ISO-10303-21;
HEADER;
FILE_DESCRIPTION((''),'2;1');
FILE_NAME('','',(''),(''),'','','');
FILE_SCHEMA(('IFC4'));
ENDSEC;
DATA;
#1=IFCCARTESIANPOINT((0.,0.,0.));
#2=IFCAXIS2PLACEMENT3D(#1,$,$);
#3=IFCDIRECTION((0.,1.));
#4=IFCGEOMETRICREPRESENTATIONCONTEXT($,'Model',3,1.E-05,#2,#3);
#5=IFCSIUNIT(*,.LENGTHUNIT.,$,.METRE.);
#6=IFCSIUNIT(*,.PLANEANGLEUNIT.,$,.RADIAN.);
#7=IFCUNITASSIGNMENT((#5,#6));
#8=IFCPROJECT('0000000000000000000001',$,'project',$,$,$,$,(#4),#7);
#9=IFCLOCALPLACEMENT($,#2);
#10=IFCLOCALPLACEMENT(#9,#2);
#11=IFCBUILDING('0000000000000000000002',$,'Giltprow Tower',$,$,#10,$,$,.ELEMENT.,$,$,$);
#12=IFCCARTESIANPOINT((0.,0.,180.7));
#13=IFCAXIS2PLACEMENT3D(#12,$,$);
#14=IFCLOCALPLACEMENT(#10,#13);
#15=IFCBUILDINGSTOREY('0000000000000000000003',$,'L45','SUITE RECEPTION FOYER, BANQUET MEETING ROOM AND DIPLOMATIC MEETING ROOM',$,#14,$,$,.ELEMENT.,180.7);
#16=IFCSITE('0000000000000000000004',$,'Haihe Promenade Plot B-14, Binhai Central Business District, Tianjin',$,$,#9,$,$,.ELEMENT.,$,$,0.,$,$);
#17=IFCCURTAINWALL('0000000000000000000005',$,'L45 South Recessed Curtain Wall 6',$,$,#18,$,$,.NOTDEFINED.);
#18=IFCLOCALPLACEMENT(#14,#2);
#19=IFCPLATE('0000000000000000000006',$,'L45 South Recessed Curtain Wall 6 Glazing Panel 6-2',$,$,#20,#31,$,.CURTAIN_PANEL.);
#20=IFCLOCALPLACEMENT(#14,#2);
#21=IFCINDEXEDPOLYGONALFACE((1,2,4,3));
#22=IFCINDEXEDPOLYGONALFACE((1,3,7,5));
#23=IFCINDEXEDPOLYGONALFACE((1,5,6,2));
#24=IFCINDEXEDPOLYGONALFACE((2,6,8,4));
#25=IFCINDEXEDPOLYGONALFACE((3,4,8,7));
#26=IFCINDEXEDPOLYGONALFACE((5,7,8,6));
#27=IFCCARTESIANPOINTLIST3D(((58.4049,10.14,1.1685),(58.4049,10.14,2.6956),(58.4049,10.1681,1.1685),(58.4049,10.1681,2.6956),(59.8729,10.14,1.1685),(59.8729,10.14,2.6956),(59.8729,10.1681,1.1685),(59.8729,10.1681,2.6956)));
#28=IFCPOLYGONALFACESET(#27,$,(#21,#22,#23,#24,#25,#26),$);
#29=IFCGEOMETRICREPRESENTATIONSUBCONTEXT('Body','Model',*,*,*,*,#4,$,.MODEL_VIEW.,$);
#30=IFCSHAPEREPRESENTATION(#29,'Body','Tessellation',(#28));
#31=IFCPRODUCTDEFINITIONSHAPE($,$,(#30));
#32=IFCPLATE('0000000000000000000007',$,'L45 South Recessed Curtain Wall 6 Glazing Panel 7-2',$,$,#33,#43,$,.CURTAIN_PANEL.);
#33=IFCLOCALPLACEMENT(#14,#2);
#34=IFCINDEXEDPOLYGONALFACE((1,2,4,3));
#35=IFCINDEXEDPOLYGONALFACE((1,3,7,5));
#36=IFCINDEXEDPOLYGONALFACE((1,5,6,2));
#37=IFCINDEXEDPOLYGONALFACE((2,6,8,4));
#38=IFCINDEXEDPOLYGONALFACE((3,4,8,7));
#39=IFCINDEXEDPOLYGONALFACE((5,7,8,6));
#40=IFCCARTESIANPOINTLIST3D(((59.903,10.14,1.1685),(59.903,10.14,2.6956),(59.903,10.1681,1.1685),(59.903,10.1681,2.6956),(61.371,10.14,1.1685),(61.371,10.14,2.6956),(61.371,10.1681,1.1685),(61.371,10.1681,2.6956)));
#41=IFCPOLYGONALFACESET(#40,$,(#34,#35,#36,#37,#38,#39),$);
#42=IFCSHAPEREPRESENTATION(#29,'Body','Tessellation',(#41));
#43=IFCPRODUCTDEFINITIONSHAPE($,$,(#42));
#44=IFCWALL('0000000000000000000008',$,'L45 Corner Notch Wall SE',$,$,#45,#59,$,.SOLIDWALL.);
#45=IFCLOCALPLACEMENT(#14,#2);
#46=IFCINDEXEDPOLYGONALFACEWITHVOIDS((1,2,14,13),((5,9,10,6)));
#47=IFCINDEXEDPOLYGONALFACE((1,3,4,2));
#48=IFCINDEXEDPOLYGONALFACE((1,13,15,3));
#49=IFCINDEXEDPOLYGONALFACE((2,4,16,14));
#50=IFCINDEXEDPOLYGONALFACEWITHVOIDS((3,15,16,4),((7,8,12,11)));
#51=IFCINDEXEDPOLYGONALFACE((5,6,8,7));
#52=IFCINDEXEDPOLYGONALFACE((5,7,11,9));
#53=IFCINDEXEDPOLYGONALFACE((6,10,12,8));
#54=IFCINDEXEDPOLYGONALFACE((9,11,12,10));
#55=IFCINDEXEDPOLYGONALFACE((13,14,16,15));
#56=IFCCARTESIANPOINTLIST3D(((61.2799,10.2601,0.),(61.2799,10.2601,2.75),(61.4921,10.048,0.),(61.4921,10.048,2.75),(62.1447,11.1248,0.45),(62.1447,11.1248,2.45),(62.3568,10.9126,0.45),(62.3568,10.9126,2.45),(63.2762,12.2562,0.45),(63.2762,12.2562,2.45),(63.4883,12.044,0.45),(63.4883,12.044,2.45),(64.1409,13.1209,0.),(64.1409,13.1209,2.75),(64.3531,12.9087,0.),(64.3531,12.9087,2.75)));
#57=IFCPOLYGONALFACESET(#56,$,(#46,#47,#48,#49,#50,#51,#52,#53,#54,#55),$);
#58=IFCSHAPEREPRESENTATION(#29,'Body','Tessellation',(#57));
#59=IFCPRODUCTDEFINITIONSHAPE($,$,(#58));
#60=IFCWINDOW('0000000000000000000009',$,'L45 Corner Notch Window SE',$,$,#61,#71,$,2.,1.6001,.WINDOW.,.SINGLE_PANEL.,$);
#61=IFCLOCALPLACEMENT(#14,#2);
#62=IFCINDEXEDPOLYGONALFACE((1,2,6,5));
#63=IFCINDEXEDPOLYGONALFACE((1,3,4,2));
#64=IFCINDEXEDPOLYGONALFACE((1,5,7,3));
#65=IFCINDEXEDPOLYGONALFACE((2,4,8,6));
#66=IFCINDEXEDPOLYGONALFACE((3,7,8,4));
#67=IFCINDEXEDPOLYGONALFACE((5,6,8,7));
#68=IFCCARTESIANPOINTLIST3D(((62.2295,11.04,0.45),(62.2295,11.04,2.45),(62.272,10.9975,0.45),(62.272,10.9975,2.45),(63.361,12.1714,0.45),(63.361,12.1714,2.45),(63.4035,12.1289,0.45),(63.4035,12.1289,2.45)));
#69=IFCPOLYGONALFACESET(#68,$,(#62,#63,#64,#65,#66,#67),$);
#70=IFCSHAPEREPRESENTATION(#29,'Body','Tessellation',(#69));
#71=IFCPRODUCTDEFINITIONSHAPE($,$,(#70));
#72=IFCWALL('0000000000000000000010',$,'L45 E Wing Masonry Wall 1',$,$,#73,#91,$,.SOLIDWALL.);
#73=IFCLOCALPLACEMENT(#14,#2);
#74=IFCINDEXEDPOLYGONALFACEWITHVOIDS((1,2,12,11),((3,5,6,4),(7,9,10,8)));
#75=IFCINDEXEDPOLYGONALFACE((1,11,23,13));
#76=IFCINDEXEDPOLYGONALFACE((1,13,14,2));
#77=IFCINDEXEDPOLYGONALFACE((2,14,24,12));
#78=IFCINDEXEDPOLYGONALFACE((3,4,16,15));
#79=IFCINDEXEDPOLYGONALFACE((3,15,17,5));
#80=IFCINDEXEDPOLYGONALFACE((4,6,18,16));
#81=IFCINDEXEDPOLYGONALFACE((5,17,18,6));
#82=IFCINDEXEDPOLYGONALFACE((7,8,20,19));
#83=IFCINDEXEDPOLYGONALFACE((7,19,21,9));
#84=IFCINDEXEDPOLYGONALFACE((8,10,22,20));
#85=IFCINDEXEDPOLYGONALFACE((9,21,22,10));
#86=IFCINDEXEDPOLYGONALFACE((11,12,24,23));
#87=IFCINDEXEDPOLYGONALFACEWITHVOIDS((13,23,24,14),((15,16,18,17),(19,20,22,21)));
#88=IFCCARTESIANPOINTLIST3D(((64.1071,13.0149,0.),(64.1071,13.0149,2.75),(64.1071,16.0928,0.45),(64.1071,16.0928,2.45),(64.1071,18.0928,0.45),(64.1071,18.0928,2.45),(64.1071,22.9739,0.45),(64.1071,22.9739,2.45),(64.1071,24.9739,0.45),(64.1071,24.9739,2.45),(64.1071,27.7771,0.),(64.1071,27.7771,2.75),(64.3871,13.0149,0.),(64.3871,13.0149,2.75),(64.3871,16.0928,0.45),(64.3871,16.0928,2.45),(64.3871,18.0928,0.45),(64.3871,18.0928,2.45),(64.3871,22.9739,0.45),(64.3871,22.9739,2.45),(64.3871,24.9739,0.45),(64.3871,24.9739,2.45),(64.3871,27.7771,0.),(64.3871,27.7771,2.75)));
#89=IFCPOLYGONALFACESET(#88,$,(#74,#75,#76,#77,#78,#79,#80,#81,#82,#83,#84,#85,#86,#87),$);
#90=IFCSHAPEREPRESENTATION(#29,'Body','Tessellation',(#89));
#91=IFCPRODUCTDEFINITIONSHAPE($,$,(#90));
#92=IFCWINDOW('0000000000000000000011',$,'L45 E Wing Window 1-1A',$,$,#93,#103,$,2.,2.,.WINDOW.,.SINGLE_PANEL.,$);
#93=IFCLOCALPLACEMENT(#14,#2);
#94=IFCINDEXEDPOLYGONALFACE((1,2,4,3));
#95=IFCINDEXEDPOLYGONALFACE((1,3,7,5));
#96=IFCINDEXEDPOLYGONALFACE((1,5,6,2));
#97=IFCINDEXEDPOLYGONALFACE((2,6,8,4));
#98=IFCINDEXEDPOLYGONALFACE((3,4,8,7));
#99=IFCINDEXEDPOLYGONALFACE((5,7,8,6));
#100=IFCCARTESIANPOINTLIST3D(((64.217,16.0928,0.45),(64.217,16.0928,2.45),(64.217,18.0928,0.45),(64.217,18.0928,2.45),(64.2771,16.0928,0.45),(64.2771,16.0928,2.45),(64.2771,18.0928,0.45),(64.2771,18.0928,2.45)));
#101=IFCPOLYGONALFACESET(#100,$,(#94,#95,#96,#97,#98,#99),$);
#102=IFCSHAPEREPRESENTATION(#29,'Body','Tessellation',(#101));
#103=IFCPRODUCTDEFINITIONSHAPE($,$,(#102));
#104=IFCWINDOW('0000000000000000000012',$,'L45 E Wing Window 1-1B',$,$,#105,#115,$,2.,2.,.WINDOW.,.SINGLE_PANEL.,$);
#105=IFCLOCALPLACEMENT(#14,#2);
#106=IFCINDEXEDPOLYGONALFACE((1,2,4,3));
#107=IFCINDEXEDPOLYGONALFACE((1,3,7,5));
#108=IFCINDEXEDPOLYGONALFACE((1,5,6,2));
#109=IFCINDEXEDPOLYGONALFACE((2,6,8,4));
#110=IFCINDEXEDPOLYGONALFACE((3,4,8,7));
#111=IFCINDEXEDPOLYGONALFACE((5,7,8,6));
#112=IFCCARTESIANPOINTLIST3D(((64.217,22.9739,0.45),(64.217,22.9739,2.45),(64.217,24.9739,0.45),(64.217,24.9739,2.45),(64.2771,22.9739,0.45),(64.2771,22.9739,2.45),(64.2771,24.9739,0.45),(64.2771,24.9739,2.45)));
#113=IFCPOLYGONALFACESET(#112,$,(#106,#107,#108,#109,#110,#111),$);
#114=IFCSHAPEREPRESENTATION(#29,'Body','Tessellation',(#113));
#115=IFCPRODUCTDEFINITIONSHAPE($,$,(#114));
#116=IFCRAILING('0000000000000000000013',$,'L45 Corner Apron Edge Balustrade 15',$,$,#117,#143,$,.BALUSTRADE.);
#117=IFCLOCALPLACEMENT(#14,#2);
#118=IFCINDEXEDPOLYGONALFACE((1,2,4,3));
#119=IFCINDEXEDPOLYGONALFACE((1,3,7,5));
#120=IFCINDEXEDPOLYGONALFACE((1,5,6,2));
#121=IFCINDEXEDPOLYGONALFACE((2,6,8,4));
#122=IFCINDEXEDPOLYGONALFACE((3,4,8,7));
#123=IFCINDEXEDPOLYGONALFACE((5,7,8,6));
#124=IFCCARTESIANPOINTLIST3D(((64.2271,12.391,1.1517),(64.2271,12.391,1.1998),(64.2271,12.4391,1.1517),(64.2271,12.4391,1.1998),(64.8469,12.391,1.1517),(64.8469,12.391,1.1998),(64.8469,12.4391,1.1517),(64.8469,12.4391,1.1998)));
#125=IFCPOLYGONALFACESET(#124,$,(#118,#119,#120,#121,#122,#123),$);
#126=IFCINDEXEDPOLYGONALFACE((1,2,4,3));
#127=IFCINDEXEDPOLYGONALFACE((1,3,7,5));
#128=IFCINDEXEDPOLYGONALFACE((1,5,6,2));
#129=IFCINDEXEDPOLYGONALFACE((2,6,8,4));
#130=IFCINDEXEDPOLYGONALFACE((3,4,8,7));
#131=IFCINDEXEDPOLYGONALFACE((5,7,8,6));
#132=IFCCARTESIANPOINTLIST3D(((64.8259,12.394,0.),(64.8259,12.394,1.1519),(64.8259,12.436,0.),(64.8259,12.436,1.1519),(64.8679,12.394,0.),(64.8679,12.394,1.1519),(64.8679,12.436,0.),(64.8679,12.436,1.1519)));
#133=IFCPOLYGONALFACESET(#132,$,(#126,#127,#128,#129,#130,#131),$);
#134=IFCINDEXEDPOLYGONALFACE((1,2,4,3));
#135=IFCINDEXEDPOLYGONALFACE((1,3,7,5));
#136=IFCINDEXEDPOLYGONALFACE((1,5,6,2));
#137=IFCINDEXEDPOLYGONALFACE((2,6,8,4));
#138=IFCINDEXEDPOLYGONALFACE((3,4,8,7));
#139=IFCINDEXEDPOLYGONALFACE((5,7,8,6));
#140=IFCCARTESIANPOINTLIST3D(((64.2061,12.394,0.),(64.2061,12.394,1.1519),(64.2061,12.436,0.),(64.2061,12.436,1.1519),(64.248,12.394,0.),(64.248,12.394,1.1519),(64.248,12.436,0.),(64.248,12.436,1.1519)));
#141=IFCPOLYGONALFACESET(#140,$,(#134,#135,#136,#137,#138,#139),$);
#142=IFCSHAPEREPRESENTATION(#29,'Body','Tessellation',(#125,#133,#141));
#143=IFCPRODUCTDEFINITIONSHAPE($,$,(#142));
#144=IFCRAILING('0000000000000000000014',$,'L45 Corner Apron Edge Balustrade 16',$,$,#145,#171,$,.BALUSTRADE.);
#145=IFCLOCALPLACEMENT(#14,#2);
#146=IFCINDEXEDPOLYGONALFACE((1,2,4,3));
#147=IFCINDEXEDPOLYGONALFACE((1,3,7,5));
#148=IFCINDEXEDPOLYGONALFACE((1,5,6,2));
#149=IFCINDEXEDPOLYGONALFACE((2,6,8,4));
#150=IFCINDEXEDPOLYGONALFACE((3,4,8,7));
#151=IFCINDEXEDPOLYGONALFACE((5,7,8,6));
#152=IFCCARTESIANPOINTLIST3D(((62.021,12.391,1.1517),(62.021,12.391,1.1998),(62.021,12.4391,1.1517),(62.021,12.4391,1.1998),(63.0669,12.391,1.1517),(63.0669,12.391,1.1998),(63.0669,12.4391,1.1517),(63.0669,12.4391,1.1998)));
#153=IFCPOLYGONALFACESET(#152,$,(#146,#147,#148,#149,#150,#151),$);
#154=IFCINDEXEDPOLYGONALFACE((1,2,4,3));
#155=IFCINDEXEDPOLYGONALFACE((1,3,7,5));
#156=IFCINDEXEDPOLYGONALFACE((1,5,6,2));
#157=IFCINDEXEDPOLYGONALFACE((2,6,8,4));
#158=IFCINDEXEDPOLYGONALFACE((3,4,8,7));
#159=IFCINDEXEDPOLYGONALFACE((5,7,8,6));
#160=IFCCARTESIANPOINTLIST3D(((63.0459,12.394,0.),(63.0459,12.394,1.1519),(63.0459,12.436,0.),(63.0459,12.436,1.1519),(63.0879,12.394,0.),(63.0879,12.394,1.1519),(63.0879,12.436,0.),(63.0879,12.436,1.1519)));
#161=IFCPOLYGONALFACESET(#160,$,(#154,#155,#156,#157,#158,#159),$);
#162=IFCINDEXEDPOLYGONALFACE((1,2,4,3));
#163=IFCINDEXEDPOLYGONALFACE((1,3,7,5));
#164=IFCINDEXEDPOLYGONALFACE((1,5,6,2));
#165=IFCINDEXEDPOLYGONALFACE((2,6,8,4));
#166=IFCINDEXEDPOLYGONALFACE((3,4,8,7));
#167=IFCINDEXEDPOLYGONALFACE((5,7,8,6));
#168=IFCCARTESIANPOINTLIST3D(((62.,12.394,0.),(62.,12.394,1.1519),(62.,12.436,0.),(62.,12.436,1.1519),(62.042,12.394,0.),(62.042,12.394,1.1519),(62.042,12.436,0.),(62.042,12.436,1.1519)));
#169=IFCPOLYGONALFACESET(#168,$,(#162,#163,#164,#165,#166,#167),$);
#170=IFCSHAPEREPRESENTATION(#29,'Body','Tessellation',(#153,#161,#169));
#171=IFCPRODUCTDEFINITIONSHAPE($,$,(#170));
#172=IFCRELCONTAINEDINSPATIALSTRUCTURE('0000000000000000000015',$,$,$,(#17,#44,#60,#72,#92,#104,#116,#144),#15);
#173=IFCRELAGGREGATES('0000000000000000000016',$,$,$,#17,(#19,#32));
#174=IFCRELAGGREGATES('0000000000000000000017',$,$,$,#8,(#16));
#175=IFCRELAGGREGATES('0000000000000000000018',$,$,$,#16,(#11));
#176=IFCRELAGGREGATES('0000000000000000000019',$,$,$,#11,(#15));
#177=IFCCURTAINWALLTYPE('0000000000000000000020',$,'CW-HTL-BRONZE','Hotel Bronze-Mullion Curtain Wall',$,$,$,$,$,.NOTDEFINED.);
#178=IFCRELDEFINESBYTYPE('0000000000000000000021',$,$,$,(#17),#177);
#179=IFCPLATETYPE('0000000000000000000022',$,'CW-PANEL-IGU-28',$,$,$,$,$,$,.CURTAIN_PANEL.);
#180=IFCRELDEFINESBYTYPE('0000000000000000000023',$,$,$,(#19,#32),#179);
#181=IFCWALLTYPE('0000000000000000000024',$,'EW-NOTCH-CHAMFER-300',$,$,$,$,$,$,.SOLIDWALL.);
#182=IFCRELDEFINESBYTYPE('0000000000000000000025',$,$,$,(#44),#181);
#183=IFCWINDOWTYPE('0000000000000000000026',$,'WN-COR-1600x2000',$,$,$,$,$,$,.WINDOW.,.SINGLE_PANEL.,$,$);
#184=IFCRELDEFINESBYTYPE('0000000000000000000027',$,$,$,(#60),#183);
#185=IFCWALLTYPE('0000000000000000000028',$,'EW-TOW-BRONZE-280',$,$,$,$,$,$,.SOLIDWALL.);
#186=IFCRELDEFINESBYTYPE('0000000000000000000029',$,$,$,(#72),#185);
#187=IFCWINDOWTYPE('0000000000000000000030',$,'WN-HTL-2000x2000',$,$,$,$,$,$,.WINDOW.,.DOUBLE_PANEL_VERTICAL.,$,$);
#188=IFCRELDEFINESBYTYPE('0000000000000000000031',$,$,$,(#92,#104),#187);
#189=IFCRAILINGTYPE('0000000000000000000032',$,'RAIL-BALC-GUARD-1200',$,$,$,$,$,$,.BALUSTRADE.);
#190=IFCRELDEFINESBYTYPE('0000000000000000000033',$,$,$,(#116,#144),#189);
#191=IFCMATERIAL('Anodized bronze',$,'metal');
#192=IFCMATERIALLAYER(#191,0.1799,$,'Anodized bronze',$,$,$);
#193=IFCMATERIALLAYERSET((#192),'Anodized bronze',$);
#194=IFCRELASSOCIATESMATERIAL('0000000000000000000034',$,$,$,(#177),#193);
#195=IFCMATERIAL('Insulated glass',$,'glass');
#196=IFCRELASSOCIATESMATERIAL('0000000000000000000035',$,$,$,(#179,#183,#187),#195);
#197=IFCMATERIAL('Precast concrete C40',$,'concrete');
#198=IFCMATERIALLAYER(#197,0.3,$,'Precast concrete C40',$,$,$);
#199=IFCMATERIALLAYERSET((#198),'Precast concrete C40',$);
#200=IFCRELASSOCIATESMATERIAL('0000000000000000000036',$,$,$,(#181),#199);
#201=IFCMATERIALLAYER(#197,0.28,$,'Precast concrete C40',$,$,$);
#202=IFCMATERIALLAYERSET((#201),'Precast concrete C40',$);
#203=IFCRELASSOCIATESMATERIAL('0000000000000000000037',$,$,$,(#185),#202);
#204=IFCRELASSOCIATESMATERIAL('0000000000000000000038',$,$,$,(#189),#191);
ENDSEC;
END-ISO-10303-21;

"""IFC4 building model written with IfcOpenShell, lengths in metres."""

from ifc_helpers import new_model, si_unit, direction, frame, frame_2d, origin, origin_2d, place, context, subcontext, project, spatial, rectangle, extrude, source, transform, mapped, material, layer, layer_set, type_object, element, fill, aggregate, save


model = new_model("IFC4")

# Units and contexts
model_context = context("Model", 3, precision=1e-05, world=origin(), true_north=direction((0.0, 1.0)))
body_context = subcontext(model_context, "Body", "Model", "MODEL_VIEW")
ifc_project = project(units=[si_unit("LENGTHUNIT", "METRE"), si_unit("PLANEANGLEUNIT", "RADIAN")], contexts=[model_context])

# Site, building, storey
site_placement = place(None, origin())
site = spatial("IfcSite", under=ifc_project, at=site_placement, Name="Haihe Promenade Plot B-14, Binhai Central Business District, Tianjin", CompositionType="ELEMENT", RefElevation=0.0)
building_placement = place(site_placement, origin())
building = spatial("IfcBuilding", under=site, at=building_placement, Name="Giltprow Tower", CompositionType="ELEMENT")
storey_placement = place(building_placement, frame((0.0, 0.0, 180.7)))
storey = spatial("IfcBuildingStorey", under=building, at=storey_placement, Name="L45", Description="SUITE RECEPTION FOYER, BANQUET MEETING ROOM AND DIPLOMATIC MEETING ROOM", CompositionType="ELEMENT", Elevation=180.7)

# Curtain wall, plates
ifc_material_1 = material(Name="Anodized bronze", Category="metal")
ifc_layer_1 = layer(ifc_material_1, 0.1799, Name="Anodized bronze")
ifc_layer_set_1 = layer_set([ifc_layer_1], Name="Anodized bronze")
curtain_wall_type = type_object("IfcCurtainWallType", Name="CW-HTL-BRONZE", Description="Hotel Bronze-Mullion Curtain Wall", PredefinedType="NOTDEFINED", material=ifc_layer_set_1)
curtain_wall_placement = place(storey_placement, origin())
curtain_wall = element("IfcCurtainWall", 1, at=curtain_wall_placement, inside=storey, type_object=curtain_wall_type, Name="L45 South Recessed Curtain Wall 6", PredefinedType="NOTDEFINED")
ifc_material_2 = material(Name="Insulated glass", Category="glass")
plate_type = type_object("IfcPlateType", Name="CW-PANEL-IGU-28", PredefinedType="CURTAIN_PANEL", material=ifc_material_2)
shared_shape_1 = source(origin(), body_context, "Body", "SweptSolid", [
    extrude(rectangle(XDim=1.468, YDim=0.0281, at=origin_2d()), origin(), (0.0, 0.0, 1.0), 1.5271),
])
plate_1_placement = place(storey_placement, frame((59.1389, 10.1541, 1.1685), z_axis=(0.0, 0.0, 1.0), x_axis=(1.0, 0.0, 0.0)))
plate_1 = element("IfcPlate", 2, at=plate_1_placement, type_object=plate_type, Name="L45 South Recessed Curtain Wall 6 Glazing Panel 6-2", PredefinedType="CURTAIN_PANEL", context=body_context, shape_type="MappedRepresentation", body=[
    mapped(shared_shape_1, transform((0.0, 0.0, 0.0), x_axis=(1.0, 0.0, 0.0), y_axis=(0.0, 1.0, 0.0), z_axis=(0.0, 0.0, 1.0), scale=1.0)),
])
plate_2_placement = place(storey_placement, frame((60.637, 10.1541, 1.1685), z_axis=(0.0, 0.0, 1.0), x_axis=(1.0, 0.0, 0.0)))
plate_2 = element("IfcPlate", 3, at=plate_2_placement, type_object=plate_type, Name="L45 South Recessed Curtain Wall 6 Glazing Panel 7-2", PredefinedType="CURTAIN_PANEL", context=body_context, shape_type="MappedRepresentation", body=[
    mapped(shared_shape_1, transform((0.0, 0.0, 0.0), x_axis=(1.0, 0.0, 0.0), y_axis=(0.0, 1.0, 0.0), z_axis=(0.0, 0.0, 1.0), scale=1.0)),
])
aggregate(curtain_wall, [plate_1, plate_2])

# Wall, opening, window
ifc_material_3 = material(Name="Precast concrete C40", Category="concrete")
ifc_layer_2 = layer(ifc_material_3, 0.3, Name="Precast concrete C40")
ifc_layer_set_2 = layer_set([ifc_layer_2], Name="Precast concrete C40")
wall_type_1 = type_object("IfcWallType", Name="EW-NOTCH-CHAMFER-300", PredefinedType="SOLIDWALL", material=ifc_layer_set_2)
wall_1_placement = place(storey_placement, frame((61.386, 10.1541, 0.0), z_axis=(0.0, 0.0, 1.0), x_axis=(0.707137, 0.707077, 0.0)))
wall_1 = element("IfcWall", 4, at=wall_1_placement, inside=storey, type_object=wall_type_1, Name="L45 Corner Notch Wall SE", PredefinedType="SOLIDWALL", context=body_context, shape_type="SweptSolid", body=[
    extrude(rectangle(XDim=4.0459, YDim=0.3, at=frame_2d((2.0229, 0.0))), origin(), (0.0, 0.0, 1.0), 2.75),
])
opening_1_placement = place(wall_1_placement, frame((1.2229, 0.0, 0.45)))
opening_1 = element("IfcOpeningElement", 5, at=opening_1_placement, cuts=wall_1, PredefinedType="OPENING", context=body_context, shape_type="SweptSolid", body=[
    extrude(rectangle(XDim=1.6001, YDim=2.0, at=frame_2d((0.8, 1.0))), frame((0.0, 0.1599, 0.0), z_axis=(0.0, -1.0, 0.0), x_axis=(1.0, 0.0, 0.0)), (0.0, 0.0, 1.0), 0.3201),
])
window_type_1 = type_object("IfcWindowType", Name="WN-COR-1600x2000", PartitioningType="SINGLE_PANEL", PredefinedType="WINDOW", material=ifc_material_2)
shared_shape_2 = source(origin(), body_context, "Body", "SweptSolid", [
    extrude(rectangle(XDim=1.6001, YDim=2.0, at=frame_2d((0.8, 1.0))), frame((0.0, 0.03, 0.0), z_axis=(0.0, -1.0, 0.0), x_axis=(1.0, 0.0, 0.0)), (0.0, 0.0, 1.0), 0.0601),
])
window_1_placement = place(opening_1_placement, origin())
window_1 = element("IfcWindow", 6, at=window_1_placement, inside=storey, type_object=window_type_1, Name="L45 Corner Notch Window SE", OverallHeight=2.0, OverallWidth=1.6001, PartitioningType="SINGLE_PANEL", PredefinedType="WINDOW", context=body_context, shape_type="MappedRepresentation", body=[
    mapped(shared_shape_2, transform((0.0, 0.0, 0.0), x_axis=(1.0, 0.0, 0.0), y_axis=(0.0, 1.0, 0.0), z_axis=(0.0, 0.0, 1.0), scale=1.0)),
])
fill(opening_1, window_1)

# Wall, openings, windows
ifc_layer_3 = layer(ifc_material_3, 0.28, Name="Precast concrete C40")
ifc_layer_set_3 = layer_set([ifc_layer_3], Name="Precast concrete C40")
wall_type_2 = type_object("IfcWallType", Name="EW-TOW-BRONZE-280", PredefinedType="SOLIDWALL", material=ifc_layer_set_3)
wall_2_placement = place(storey_placement, frame((64.2471, 13.0149, 0.0), z_axis=(0.0, 0.0, 1.0), x_axis=(0.0, 1.0, 0.0)))
wall_2 = element("IfcWall", 7, at=wall_2_placement, inside=storey, type_object=wall_type_2, Name="L45 E Wing Masonry Wall 1", PredefinedType="SOLIDWALL", context=body_context, shape_type="SweptSolid", body=[
    extrude(rectangle(XDim=14.7622, YDim=0.28, at=frame_2d((7.3811, 0.0))), origin(), (0.0, 0.0, 1.0), 2.75),
])
opening_2_placement = place(wall_2_placement, frame((3.0779, 0.0, 0.45)))
opening_2 = element("IfcOpeningElement", 8, at=opening_2_placement, cuts=wall_2, PredefinedType="OPENING", context=body_context, shape_type="SweptSolid", body=[
    extrude(rectangle(XDim=2.0, YDim=2.0, at=frame_2d((1.0, 1.0))), frame((0.0, 0.1499, 0.0), z_axis=(0.0, -1.0, 0.0), x_axis=(1.0, 0.0, 0.0)), (0.0, 0.0, 1.0), 0.3),
])
opening_3_placement = place(wall_2_placement, frame((9.959, 0.0, 0.45)))
opening_3 = element("IfcOpeningElement", 9, at=opening_3_placement, cuts=wall_2, PredefinedType="OPENING", context=body_context, shape_type="SweptSolid", body=[
    extrude(rectangle(XDim=2.0, YDim=2.0, at=frame_2d((1.0, 1.0))), frame((0.0, 0.1499, 0.0), z_axis=(0.0, -1.0, 0.0), x_axis=(1.0, 0.0, 0.0)), (0.0, 0.0, 1.0), 0.3),
])
window_type_2 = type_object("IfcWindowType", Name="WN-HTL-2000x2000", PartitioningType="DOUBLE_PANEL_VERTICAL", PredefinedType="WINDOW", material=ifc_material_2)
shared_shape_3 = source(origin(), body_context, "Body", "SweptSolid", [
    extrude(rectangle(XDim=2.0, YDim=2.0, at=frame_2d((1.0, 1.0))), frame((0.0, 0.03, 0.0), z_axis=(0.0, -1.0, 0.0), x_axis=(1.0, 0.0, 0.0)), (0.0, 0.0, 1.0), 0.0601),
])
window_2_placement = place(opening_2_placement, origin())
window_2 = element("IfcWindow", 10, at=window_2_placement, inside=storey, type_object=window_type_2, Name="L45 E Wing Window 1-1A", OverallHeight=2.0, OverallWidth=2.0, PartitioningType="SINGLE_PANEL", PredefinedType="WINDOW", context=body_context, shape_type="MappedRepresentation", body=[
    mapped(shared_shape_3, transform((0.0, 0.0, 0.0), x_axis=(1.0, 0.0, 0.0), y_axis=(0.0, 1.0, 0.0), z_axis=(0.0, 0.0, 1.0), scale=1.0)),
])
fill(opening_2, window_2)
window_3_placement = place(opening_3_placement, origin())
window_3 = element("IfcWindow", 11, at=window_3_placement, inside=storey, type_object=window_type_2, Name="L45 E Wing Window 1-1B", OverallHeight=2.0, OverallWidth=2.0, PartitioningType="SINGLE_PANEL", PredefinedType="WINDOW", context=body_context, shape_type="MappedRepresentation", body=[
    mapped(shared_shape_3, transform((0.0, 0.0, 0.0), x_axis=(1.0, 0.0, 0.0), y_axis=(0.0, 1.0, 0.0), z_axis=(0.0, 0.0, 1.0), scale=1.0)),
])
fill(opening_3, window_3)

# Railings
railing_type = type_object("IfcRailingType", Name="RAIL-BALC-GUARD-1200", PredefinedType="BALUSTRADE", material=ifc_material_1)
railing_1_placement = place(storey_placement, frame((64.8469, 12.415, 0.0)))
element("IfcRailing", 12, at=railing_1_placement, inside=storey, type_object=railing_type, Name="L45 Corner Apron Edge Balustrade 15", PredefinedType="BALUSTRADE", context=body_context, shape_type="SweptSolid", body=[
    extrude(rectangle(XDim=0.0481, YDim=0.0481, at=origin_2d()), frame((0.0, 0.0, 1.1758), z_axis=(-1.0, 0.0, 0.0), x_axis=(0.0, -1.0, 0.0)), (0.0, 0.0, 1.0), 0.6199),
    extrude(rectangle(XDim=0.042, YDim=0.042, at=origin_2d()), origin(), (0.0, 0.0, 1.0), 1.1519),
    extrude(rectangle(XDim=0.042, YDim=0.042, at=origin_2d()), frame((-0.6199, 0.0, 0.0)), (0.0, 0.0, 1.0), 1.1519),
])
railing_2_placement = place(storey_placement, frame((63.0669, 12.415, 0.0)))
element("IfcRailing", 13, at=railing_2_placement, inside=storey, type_object=railing_type, Name="L45 Corner Apron Edge Balustrade 16", PredefinedType="BALUSTRADE", context=body_context, shape_type="SweptSolid", body=[
    extrude(rectangle(XDim=0.0481, YDim=0.0481, at=origin_2d()), frame((0.0, 0.0, 1.1758), z_axis=(-1.0, 0.0, 0.0), x_axis=(0.0, -1.0, 0.0)), (0.0, 0.0, 1.0), 1.0459),
    extrude(rectangle(XDim=0.042, YDim=0.042, at=origin_2d()), origin(), (0.0, 0.0, 1.0), 1.1519),
    extrude(rectangle(XDim=0.042, YDim=0.042, at=origin_2d()), frame((-1.0459, 0.0, 0.0)), (0.0, 0.0, 1.0), 1.1519),
])

save(model, "model.ifc")
